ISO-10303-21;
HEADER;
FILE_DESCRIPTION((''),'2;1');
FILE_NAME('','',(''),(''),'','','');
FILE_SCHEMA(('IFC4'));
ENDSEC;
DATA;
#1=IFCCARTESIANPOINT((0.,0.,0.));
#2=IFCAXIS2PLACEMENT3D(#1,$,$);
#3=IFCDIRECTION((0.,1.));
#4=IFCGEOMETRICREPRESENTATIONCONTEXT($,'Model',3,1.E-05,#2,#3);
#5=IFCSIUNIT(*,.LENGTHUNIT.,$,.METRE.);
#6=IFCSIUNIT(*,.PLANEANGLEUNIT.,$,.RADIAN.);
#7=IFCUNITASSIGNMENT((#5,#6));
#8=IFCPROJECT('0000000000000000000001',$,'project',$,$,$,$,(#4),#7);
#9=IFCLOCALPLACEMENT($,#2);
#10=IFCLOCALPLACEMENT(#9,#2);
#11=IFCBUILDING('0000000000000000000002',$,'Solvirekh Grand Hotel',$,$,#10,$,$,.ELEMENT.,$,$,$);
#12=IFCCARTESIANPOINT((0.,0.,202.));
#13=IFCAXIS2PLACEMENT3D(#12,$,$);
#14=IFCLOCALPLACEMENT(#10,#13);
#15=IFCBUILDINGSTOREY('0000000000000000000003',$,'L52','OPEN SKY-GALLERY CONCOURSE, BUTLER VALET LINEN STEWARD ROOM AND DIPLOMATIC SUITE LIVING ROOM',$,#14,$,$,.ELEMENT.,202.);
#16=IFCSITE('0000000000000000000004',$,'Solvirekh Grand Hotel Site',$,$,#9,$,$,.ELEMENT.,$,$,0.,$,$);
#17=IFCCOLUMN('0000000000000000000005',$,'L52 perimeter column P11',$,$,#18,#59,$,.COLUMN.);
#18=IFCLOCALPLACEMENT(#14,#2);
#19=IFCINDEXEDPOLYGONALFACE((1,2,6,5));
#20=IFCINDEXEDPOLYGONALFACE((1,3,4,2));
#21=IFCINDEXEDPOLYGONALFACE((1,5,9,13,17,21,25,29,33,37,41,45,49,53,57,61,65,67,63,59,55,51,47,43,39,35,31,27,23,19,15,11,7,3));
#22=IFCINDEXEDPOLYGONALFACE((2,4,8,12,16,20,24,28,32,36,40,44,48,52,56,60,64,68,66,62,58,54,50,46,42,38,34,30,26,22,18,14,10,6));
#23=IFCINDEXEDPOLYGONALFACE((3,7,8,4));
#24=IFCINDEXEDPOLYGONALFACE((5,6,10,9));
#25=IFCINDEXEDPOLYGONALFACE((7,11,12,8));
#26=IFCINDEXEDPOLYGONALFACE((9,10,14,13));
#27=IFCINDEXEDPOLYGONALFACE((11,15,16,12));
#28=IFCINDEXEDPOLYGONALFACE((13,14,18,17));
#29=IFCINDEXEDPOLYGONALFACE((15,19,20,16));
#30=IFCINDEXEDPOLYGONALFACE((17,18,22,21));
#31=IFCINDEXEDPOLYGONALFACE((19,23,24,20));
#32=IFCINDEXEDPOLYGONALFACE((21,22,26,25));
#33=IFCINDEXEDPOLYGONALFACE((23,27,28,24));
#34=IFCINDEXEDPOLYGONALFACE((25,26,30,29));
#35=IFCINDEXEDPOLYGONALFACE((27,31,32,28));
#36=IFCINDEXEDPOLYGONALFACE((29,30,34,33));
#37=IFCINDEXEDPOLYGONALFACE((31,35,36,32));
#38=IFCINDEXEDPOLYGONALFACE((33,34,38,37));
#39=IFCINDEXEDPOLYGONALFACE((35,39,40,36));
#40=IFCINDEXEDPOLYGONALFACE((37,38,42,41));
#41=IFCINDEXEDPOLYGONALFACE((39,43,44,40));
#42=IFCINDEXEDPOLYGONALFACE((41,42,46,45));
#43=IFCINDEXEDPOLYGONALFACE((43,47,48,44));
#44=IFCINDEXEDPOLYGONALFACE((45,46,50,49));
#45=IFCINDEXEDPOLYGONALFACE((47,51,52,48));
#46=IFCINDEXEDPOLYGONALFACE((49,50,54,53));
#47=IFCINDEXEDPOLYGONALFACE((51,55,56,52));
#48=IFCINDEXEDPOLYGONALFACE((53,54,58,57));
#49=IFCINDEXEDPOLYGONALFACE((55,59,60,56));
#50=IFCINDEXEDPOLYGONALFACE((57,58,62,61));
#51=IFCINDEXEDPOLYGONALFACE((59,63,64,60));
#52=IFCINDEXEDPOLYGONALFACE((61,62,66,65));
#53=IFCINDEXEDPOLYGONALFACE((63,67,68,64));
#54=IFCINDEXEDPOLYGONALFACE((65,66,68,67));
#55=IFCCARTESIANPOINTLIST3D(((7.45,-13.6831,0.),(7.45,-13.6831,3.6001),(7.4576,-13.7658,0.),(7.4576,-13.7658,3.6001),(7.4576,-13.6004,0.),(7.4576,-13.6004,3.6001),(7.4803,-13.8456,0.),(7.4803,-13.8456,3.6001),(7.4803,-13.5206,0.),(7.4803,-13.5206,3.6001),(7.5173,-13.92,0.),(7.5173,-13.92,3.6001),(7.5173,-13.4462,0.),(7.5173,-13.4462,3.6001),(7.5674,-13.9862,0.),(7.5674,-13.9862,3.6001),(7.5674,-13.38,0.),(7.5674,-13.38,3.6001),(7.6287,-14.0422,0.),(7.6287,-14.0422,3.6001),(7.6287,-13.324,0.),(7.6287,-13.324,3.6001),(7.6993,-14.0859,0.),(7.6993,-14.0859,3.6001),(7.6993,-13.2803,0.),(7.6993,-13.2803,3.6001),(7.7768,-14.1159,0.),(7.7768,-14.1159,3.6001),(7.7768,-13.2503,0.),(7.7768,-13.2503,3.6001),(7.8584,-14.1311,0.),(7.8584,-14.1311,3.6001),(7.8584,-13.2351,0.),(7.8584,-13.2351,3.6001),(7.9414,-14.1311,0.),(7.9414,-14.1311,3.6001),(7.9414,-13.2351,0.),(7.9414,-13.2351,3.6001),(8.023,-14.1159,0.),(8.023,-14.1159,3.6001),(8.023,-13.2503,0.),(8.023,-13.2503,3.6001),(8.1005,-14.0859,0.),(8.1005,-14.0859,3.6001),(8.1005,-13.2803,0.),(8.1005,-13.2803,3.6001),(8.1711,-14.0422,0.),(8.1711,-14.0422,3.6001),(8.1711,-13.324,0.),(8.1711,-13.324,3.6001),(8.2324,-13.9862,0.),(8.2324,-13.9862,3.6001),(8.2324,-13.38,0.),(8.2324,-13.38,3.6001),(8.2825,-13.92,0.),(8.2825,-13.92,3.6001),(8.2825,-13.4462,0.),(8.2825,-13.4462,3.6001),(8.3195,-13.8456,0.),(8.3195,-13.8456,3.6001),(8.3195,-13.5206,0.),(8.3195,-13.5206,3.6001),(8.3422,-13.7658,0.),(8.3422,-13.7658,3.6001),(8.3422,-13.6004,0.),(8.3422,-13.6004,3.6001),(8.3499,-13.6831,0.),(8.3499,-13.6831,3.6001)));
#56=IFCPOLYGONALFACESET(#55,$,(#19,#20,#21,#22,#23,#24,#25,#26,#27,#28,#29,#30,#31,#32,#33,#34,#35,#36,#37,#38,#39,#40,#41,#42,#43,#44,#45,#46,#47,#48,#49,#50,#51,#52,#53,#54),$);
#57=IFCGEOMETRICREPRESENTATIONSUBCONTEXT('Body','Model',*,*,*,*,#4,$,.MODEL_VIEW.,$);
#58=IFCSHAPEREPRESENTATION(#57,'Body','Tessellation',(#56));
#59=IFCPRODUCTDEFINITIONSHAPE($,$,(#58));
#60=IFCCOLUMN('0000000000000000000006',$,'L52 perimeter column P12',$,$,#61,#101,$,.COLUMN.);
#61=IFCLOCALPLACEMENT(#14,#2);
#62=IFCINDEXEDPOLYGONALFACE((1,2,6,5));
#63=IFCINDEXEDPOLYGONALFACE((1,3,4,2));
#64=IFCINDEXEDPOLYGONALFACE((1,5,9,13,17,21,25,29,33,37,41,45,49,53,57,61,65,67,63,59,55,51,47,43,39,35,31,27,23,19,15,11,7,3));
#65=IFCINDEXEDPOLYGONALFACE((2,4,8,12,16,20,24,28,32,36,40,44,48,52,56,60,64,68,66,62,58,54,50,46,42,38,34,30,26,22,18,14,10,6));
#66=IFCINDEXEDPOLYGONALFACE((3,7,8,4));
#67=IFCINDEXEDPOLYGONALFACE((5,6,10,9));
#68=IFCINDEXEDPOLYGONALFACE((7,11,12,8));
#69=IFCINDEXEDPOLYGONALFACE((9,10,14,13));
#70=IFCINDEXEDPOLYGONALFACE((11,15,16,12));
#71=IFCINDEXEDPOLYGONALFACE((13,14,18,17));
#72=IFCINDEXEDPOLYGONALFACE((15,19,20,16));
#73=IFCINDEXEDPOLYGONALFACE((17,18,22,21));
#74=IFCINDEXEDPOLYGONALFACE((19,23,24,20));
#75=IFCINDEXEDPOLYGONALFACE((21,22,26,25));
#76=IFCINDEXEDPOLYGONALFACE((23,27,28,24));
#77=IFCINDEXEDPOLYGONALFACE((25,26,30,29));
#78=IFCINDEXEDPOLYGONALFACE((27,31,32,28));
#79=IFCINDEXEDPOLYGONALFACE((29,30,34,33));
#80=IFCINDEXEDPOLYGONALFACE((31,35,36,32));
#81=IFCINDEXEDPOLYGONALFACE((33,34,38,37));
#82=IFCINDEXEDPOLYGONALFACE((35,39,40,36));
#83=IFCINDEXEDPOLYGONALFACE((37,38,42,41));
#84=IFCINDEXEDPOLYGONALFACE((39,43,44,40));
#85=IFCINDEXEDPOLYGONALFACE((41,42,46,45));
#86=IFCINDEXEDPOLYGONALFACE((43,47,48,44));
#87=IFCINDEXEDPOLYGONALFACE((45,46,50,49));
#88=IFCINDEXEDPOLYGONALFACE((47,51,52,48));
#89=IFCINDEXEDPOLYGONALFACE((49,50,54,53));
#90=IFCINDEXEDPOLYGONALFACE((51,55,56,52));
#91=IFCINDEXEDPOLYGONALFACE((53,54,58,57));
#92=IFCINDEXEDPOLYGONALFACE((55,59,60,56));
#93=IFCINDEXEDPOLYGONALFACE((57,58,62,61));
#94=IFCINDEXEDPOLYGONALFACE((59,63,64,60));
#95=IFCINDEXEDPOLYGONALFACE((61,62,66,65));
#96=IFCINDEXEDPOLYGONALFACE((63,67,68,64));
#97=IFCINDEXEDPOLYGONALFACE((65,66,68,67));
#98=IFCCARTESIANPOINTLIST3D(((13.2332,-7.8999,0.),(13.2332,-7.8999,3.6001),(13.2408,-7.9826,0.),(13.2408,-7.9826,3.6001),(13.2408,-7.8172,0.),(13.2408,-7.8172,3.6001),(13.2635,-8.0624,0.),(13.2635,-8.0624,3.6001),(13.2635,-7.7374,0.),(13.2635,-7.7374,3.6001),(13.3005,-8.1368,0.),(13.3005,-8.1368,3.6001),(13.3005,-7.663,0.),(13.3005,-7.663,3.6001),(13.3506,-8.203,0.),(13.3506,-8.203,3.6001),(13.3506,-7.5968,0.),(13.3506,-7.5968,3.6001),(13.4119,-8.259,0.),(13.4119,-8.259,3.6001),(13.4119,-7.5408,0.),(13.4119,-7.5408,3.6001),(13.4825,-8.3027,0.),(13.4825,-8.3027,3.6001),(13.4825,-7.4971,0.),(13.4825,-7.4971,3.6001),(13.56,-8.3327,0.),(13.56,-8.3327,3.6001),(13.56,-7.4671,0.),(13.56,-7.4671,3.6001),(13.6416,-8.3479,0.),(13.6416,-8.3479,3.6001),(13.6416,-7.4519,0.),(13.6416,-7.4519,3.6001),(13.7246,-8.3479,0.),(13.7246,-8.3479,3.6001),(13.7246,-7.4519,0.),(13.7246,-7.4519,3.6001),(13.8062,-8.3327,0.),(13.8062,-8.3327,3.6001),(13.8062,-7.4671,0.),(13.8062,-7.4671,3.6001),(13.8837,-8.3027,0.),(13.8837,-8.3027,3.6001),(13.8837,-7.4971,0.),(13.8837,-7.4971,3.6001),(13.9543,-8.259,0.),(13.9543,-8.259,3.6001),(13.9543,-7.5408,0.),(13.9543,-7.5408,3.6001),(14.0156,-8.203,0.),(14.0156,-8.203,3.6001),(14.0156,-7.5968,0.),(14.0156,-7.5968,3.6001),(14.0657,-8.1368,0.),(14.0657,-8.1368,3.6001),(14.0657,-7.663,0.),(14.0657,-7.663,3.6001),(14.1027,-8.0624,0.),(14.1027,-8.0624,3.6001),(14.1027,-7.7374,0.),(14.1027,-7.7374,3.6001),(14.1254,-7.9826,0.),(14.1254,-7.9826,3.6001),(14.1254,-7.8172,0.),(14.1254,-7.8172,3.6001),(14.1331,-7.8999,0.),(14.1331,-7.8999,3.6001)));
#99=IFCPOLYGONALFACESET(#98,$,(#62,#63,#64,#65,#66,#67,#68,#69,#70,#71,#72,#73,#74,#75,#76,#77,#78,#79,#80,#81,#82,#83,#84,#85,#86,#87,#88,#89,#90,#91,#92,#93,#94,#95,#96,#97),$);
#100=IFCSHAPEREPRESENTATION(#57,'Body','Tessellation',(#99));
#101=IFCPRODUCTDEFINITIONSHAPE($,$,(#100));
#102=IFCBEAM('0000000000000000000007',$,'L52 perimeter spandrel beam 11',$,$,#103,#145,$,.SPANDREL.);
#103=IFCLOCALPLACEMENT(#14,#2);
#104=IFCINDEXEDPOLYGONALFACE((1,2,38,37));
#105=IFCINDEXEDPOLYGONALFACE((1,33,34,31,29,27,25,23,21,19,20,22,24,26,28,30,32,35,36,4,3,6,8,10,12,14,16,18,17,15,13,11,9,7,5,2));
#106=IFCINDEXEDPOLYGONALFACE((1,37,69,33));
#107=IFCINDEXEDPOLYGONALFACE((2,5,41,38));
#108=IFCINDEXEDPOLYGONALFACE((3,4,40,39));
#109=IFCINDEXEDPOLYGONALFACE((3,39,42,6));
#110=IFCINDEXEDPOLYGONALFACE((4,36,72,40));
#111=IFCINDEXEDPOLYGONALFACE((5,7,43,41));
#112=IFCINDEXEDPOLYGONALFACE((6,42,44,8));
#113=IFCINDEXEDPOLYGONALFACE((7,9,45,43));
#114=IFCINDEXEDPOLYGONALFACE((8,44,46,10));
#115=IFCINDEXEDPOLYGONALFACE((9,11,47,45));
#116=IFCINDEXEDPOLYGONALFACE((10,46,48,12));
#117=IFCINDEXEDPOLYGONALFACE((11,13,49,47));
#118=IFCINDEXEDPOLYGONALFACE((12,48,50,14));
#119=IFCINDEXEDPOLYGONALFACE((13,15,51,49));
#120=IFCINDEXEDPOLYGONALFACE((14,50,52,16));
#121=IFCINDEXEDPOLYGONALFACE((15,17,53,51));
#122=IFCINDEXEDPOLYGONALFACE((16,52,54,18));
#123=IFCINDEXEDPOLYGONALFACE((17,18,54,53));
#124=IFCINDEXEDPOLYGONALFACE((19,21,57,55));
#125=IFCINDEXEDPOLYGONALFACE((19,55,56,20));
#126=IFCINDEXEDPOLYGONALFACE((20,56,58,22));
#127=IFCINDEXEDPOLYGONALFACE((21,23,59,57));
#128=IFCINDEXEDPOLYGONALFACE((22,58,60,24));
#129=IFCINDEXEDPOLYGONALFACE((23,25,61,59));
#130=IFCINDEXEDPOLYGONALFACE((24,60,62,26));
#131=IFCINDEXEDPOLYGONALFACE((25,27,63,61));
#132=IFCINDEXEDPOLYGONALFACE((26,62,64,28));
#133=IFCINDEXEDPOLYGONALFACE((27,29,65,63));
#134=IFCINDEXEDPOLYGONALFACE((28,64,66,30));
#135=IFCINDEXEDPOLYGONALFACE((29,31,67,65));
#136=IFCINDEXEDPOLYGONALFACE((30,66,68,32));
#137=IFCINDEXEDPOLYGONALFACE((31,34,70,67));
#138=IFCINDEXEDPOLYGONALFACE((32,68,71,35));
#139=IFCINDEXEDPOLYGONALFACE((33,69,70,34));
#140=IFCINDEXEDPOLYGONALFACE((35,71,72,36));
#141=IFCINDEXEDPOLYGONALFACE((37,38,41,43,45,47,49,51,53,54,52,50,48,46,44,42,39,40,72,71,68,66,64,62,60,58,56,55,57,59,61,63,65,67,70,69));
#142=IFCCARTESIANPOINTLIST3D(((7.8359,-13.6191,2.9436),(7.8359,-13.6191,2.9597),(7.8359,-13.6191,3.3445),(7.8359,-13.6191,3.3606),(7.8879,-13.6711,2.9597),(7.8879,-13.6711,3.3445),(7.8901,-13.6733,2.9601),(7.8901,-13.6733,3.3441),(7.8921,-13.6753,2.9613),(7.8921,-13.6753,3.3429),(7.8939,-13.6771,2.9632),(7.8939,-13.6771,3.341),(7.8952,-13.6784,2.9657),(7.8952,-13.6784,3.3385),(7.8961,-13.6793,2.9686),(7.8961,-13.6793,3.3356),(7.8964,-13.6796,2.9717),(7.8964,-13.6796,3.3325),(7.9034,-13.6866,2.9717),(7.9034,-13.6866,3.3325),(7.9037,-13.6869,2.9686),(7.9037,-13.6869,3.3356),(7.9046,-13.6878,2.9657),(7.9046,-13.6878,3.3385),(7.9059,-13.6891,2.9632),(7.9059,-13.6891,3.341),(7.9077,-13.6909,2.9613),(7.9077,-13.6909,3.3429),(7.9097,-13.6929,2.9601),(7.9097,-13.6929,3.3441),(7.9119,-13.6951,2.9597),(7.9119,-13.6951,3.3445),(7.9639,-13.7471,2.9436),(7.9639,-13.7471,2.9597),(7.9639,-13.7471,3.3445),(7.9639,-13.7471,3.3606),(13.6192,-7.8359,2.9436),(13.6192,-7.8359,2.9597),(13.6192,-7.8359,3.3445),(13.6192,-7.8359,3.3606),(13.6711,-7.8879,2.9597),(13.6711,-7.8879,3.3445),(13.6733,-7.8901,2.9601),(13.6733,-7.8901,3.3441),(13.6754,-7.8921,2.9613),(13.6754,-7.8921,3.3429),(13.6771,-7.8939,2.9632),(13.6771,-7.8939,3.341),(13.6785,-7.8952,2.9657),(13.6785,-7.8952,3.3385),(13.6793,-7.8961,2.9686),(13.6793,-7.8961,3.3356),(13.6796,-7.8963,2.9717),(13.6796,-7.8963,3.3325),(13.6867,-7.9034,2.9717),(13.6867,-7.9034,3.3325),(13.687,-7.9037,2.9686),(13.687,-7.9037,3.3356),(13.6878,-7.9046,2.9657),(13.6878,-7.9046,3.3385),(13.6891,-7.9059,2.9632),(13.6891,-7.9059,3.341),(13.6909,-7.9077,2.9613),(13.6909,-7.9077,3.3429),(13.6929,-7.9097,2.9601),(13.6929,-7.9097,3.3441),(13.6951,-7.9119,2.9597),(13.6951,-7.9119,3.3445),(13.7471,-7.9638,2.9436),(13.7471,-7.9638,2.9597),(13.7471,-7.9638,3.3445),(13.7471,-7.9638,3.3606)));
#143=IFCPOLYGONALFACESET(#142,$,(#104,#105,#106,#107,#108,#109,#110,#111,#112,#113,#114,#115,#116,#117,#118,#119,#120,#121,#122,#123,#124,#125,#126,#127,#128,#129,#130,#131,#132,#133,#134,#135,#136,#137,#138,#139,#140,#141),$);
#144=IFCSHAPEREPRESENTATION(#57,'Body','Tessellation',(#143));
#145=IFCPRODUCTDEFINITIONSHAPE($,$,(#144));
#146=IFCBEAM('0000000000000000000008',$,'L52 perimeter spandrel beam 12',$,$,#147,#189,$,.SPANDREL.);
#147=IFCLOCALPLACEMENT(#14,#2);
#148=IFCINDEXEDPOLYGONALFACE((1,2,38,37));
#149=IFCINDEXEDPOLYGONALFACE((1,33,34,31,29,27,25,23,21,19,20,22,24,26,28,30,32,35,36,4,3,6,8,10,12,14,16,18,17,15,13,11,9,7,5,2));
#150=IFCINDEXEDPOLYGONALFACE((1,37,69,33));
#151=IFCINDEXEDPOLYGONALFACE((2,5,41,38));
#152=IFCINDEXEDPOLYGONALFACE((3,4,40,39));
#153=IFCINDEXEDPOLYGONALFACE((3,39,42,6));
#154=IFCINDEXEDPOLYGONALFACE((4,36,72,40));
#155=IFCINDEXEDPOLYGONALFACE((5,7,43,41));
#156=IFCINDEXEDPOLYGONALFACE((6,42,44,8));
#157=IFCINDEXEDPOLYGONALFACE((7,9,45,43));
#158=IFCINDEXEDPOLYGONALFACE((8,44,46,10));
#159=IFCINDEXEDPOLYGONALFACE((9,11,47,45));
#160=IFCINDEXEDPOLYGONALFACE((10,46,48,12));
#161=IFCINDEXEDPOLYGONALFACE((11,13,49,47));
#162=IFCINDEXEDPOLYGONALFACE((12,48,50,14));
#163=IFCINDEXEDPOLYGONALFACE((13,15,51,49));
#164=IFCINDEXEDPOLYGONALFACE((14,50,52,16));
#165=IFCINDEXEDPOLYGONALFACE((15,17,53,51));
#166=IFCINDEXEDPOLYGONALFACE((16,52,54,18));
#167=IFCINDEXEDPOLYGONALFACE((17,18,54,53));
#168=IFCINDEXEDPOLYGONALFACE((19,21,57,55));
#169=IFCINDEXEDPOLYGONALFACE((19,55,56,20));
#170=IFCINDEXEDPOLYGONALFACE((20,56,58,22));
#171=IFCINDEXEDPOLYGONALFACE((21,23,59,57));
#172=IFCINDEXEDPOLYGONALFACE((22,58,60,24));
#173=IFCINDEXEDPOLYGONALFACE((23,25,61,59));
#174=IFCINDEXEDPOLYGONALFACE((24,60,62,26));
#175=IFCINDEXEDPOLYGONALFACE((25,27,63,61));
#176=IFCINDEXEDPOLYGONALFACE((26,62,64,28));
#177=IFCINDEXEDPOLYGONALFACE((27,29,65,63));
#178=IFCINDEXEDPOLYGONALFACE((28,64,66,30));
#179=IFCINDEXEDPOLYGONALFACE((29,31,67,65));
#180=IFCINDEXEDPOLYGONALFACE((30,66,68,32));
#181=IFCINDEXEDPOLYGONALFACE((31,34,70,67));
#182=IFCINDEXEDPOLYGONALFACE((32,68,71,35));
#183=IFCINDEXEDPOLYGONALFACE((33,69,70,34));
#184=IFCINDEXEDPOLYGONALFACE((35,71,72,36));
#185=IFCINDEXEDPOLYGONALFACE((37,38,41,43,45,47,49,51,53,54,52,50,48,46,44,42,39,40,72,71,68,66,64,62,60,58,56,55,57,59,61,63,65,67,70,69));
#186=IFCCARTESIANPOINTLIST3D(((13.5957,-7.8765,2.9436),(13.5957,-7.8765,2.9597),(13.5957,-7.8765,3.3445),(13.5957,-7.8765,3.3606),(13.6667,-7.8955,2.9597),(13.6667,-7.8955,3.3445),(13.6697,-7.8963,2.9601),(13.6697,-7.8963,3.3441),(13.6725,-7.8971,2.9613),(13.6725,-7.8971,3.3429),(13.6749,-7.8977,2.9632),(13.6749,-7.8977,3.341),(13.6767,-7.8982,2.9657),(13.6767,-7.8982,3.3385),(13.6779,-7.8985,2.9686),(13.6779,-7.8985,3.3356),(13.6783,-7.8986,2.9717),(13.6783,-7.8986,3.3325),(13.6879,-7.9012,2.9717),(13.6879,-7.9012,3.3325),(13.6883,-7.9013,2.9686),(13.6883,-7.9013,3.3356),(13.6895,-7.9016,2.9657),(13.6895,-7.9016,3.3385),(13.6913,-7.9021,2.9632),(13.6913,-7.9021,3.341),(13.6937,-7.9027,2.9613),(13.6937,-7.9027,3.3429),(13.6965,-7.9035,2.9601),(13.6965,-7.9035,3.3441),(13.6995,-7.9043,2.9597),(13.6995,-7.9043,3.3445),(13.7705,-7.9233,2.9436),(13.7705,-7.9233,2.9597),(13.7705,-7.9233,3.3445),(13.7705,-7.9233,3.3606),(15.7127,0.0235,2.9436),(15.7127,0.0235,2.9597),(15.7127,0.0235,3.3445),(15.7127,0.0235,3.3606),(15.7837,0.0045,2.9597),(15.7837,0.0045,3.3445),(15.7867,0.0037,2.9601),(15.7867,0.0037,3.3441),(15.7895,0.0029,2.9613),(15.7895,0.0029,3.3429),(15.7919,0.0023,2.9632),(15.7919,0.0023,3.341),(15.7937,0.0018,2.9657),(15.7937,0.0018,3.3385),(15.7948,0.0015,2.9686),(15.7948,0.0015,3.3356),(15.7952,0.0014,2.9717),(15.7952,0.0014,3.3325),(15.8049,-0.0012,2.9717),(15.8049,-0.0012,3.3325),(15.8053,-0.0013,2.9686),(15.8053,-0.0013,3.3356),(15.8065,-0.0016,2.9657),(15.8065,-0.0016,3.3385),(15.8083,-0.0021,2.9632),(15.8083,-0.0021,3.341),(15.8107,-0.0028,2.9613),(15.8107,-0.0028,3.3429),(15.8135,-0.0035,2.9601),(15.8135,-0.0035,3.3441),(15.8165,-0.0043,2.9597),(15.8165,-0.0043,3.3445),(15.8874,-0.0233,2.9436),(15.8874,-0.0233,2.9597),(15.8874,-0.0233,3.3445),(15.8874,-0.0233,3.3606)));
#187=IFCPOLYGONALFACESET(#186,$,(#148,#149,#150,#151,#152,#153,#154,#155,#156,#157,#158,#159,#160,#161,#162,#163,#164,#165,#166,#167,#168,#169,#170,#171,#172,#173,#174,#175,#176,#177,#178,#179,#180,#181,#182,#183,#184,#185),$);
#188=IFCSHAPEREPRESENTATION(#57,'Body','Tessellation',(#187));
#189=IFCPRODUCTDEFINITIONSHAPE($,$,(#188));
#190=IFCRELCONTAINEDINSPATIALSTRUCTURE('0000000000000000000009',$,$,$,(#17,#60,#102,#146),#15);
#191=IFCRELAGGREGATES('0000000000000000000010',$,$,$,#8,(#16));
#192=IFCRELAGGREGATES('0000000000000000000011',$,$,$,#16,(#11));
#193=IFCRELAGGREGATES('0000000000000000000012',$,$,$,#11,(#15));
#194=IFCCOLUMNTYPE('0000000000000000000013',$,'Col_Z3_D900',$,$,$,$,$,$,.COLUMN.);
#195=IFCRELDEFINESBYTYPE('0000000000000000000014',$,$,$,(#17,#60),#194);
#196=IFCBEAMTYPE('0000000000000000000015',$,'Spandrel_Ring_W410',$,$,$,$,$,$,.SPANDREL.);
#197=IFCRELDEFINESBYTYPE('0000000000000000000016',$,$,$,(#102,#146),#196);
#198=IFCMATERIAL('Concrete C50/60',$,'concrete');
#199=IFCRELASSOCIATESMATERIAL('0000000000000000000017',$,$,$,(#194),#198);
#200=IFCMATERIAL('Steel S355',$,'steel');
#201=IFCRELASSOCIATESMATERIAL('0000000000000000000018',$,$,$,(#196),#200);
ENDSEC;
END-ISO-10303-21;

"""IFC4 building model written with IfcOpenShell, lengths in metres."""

from ifc_helpers import new_model, si_unit, direction, frame, origin, origin_2d, place, context, subcontext, project, spatial, circle, i_section, extrude, material, material_profile, profile_set, type_object, element, save


model = new_model("IFC4")

# Units and contexts
model_context = context("Model", 3, precision=1e-05, world=origin(), true_north=direction((0.0, 1.0)))
body_context = subcontext(model_context, "Body", "Model", "MODEL_VIEW")
ifc_project = project(units=[si_unit("LENGTHUNIT", "METRE"), si_unit("PLANEANGLEUNIT", "RADIAN")], contexts=[model_context])

# Site, building, storey
site_placement = place(None, origin())
site = spatial("IfcSite", under=ifc_project, at=site_placement, Name="Solvirekh Grand Hotel Site", CompositionType="ELEMENT", RefElevation=0.0)
building_placement = place(site_placement, origin())
building = spatial("IfcBuilding", under=site, at=building_placement, Name="Solvirekh Grand Hotel", CompositionType="ELEMENT")
storey_placement = place(building_placement, frame((0.0, 0.0, 202.0)))
storey = spatial("IfcBuildingStorey", under=building, at=storey_placement, Name="L52", Description="OPEN SKY-GALLERY CONCOURSE, BUTLER VALET LINEN STEWARD ROOM AND DIPLOMATIC SUITE LIVING ROOM", CompositionType="ELEMENT", Elevation=202.0)

# Columns
ifc_material_1 = material(Name="Concrete C50/60", Category="concrete")
ifc_material_profile_1 = material_profile(ifc_material_1, circle(Radius=0.45, at=origin_2d()), Name="RC CIRC D900")
ifc_profile_set_1 = profile_set([ifc_material_profile_1], Name="Concrete C50/60")
column_type = type_object("IfcColumnType", Name="Col_Z3_D900", PredefinedType="COLUMN", material=ifc_profile_set_1)
for number, where, z_axis, x_axis, name in (
    (1, (7.8999, -13.6831, 0.0), (0.0, 0.0, 1.0), (1.0, 0.0, 0.0), "L52 perimeter column P11"),
    (2, (13.6831, -7.8999, 0.0), (0.0, 0.0, 1.0), (1.0, 0.0, 0.0), "L52 perimeter column P12"),
):
    element("IfcColumn", number, at=place(storey_placement, frame(where, z_axis=z_axis, x_axis=x_axis)), inside=storey, type_object=column_type, Name=name, PredefinedType="COLUMN", context=body_context, shape_type="SweptSolid", body=[
        extrude(circle(Radius=0.45, at=origin_2d()), origin(), (0.0, 0.0, 1.0), 3.6001),
    ])

# Beams
ifc_material_2 = material(Name="Steel S355", Category="steel")
ifc_material_profile_2 = material_profile(ifc_material_2, i_section(OverallWidth=0.1809, OverallDepth=0.417, WebThickness=0.01, FlangeThickness=0.0161, FilletRadius=0.012, at=origin_2d()), Name="W410X85")
ifc_profile_set_2 = profile_set([ifc_material_profile_2], Name="Steel S355")
beam_type = type_object("IfcBeamType", Name="Spandrel_Ring_W410", PredefinedType="SPANDREL", material=ifc_profile_set_2)
for number, where, z_axis, x_axis, name in (
    (3, (7.8999, -13.6831, 3.1521), (0.707107, 0.707107, 0.0), (-0.707107, 0.707107, 0.0), "L52 perimeter spandrel beam 11"),
    (4, (13.6831, -7.8999, 3.1521), (0.258839, 0.965921, 0.0), (-0.965921, 0.258839, 0.0), "L52 perimeter spandrel beam 12"),
):
    element("IfcBeam", number, at=place(storey_placement, frame(where, z_axis=z_axis, x_axis=x_axis)), inside=storey, type_object=beam_type, Name=name, PredefinedType="SPANDREL", context=body_context, shape_type="SweptSolid", body=[
        extrude(i_section(OverallWidth=0.1809, OverallDepth=0.417, WebThickness=0.01, FlangeThickness=0.0161, FilletRadius=0.012, at=origin_2d()), origin(), (0.0, 0.0, 1.0), 8.1787),
    ])

save(model, "model.ifc")
